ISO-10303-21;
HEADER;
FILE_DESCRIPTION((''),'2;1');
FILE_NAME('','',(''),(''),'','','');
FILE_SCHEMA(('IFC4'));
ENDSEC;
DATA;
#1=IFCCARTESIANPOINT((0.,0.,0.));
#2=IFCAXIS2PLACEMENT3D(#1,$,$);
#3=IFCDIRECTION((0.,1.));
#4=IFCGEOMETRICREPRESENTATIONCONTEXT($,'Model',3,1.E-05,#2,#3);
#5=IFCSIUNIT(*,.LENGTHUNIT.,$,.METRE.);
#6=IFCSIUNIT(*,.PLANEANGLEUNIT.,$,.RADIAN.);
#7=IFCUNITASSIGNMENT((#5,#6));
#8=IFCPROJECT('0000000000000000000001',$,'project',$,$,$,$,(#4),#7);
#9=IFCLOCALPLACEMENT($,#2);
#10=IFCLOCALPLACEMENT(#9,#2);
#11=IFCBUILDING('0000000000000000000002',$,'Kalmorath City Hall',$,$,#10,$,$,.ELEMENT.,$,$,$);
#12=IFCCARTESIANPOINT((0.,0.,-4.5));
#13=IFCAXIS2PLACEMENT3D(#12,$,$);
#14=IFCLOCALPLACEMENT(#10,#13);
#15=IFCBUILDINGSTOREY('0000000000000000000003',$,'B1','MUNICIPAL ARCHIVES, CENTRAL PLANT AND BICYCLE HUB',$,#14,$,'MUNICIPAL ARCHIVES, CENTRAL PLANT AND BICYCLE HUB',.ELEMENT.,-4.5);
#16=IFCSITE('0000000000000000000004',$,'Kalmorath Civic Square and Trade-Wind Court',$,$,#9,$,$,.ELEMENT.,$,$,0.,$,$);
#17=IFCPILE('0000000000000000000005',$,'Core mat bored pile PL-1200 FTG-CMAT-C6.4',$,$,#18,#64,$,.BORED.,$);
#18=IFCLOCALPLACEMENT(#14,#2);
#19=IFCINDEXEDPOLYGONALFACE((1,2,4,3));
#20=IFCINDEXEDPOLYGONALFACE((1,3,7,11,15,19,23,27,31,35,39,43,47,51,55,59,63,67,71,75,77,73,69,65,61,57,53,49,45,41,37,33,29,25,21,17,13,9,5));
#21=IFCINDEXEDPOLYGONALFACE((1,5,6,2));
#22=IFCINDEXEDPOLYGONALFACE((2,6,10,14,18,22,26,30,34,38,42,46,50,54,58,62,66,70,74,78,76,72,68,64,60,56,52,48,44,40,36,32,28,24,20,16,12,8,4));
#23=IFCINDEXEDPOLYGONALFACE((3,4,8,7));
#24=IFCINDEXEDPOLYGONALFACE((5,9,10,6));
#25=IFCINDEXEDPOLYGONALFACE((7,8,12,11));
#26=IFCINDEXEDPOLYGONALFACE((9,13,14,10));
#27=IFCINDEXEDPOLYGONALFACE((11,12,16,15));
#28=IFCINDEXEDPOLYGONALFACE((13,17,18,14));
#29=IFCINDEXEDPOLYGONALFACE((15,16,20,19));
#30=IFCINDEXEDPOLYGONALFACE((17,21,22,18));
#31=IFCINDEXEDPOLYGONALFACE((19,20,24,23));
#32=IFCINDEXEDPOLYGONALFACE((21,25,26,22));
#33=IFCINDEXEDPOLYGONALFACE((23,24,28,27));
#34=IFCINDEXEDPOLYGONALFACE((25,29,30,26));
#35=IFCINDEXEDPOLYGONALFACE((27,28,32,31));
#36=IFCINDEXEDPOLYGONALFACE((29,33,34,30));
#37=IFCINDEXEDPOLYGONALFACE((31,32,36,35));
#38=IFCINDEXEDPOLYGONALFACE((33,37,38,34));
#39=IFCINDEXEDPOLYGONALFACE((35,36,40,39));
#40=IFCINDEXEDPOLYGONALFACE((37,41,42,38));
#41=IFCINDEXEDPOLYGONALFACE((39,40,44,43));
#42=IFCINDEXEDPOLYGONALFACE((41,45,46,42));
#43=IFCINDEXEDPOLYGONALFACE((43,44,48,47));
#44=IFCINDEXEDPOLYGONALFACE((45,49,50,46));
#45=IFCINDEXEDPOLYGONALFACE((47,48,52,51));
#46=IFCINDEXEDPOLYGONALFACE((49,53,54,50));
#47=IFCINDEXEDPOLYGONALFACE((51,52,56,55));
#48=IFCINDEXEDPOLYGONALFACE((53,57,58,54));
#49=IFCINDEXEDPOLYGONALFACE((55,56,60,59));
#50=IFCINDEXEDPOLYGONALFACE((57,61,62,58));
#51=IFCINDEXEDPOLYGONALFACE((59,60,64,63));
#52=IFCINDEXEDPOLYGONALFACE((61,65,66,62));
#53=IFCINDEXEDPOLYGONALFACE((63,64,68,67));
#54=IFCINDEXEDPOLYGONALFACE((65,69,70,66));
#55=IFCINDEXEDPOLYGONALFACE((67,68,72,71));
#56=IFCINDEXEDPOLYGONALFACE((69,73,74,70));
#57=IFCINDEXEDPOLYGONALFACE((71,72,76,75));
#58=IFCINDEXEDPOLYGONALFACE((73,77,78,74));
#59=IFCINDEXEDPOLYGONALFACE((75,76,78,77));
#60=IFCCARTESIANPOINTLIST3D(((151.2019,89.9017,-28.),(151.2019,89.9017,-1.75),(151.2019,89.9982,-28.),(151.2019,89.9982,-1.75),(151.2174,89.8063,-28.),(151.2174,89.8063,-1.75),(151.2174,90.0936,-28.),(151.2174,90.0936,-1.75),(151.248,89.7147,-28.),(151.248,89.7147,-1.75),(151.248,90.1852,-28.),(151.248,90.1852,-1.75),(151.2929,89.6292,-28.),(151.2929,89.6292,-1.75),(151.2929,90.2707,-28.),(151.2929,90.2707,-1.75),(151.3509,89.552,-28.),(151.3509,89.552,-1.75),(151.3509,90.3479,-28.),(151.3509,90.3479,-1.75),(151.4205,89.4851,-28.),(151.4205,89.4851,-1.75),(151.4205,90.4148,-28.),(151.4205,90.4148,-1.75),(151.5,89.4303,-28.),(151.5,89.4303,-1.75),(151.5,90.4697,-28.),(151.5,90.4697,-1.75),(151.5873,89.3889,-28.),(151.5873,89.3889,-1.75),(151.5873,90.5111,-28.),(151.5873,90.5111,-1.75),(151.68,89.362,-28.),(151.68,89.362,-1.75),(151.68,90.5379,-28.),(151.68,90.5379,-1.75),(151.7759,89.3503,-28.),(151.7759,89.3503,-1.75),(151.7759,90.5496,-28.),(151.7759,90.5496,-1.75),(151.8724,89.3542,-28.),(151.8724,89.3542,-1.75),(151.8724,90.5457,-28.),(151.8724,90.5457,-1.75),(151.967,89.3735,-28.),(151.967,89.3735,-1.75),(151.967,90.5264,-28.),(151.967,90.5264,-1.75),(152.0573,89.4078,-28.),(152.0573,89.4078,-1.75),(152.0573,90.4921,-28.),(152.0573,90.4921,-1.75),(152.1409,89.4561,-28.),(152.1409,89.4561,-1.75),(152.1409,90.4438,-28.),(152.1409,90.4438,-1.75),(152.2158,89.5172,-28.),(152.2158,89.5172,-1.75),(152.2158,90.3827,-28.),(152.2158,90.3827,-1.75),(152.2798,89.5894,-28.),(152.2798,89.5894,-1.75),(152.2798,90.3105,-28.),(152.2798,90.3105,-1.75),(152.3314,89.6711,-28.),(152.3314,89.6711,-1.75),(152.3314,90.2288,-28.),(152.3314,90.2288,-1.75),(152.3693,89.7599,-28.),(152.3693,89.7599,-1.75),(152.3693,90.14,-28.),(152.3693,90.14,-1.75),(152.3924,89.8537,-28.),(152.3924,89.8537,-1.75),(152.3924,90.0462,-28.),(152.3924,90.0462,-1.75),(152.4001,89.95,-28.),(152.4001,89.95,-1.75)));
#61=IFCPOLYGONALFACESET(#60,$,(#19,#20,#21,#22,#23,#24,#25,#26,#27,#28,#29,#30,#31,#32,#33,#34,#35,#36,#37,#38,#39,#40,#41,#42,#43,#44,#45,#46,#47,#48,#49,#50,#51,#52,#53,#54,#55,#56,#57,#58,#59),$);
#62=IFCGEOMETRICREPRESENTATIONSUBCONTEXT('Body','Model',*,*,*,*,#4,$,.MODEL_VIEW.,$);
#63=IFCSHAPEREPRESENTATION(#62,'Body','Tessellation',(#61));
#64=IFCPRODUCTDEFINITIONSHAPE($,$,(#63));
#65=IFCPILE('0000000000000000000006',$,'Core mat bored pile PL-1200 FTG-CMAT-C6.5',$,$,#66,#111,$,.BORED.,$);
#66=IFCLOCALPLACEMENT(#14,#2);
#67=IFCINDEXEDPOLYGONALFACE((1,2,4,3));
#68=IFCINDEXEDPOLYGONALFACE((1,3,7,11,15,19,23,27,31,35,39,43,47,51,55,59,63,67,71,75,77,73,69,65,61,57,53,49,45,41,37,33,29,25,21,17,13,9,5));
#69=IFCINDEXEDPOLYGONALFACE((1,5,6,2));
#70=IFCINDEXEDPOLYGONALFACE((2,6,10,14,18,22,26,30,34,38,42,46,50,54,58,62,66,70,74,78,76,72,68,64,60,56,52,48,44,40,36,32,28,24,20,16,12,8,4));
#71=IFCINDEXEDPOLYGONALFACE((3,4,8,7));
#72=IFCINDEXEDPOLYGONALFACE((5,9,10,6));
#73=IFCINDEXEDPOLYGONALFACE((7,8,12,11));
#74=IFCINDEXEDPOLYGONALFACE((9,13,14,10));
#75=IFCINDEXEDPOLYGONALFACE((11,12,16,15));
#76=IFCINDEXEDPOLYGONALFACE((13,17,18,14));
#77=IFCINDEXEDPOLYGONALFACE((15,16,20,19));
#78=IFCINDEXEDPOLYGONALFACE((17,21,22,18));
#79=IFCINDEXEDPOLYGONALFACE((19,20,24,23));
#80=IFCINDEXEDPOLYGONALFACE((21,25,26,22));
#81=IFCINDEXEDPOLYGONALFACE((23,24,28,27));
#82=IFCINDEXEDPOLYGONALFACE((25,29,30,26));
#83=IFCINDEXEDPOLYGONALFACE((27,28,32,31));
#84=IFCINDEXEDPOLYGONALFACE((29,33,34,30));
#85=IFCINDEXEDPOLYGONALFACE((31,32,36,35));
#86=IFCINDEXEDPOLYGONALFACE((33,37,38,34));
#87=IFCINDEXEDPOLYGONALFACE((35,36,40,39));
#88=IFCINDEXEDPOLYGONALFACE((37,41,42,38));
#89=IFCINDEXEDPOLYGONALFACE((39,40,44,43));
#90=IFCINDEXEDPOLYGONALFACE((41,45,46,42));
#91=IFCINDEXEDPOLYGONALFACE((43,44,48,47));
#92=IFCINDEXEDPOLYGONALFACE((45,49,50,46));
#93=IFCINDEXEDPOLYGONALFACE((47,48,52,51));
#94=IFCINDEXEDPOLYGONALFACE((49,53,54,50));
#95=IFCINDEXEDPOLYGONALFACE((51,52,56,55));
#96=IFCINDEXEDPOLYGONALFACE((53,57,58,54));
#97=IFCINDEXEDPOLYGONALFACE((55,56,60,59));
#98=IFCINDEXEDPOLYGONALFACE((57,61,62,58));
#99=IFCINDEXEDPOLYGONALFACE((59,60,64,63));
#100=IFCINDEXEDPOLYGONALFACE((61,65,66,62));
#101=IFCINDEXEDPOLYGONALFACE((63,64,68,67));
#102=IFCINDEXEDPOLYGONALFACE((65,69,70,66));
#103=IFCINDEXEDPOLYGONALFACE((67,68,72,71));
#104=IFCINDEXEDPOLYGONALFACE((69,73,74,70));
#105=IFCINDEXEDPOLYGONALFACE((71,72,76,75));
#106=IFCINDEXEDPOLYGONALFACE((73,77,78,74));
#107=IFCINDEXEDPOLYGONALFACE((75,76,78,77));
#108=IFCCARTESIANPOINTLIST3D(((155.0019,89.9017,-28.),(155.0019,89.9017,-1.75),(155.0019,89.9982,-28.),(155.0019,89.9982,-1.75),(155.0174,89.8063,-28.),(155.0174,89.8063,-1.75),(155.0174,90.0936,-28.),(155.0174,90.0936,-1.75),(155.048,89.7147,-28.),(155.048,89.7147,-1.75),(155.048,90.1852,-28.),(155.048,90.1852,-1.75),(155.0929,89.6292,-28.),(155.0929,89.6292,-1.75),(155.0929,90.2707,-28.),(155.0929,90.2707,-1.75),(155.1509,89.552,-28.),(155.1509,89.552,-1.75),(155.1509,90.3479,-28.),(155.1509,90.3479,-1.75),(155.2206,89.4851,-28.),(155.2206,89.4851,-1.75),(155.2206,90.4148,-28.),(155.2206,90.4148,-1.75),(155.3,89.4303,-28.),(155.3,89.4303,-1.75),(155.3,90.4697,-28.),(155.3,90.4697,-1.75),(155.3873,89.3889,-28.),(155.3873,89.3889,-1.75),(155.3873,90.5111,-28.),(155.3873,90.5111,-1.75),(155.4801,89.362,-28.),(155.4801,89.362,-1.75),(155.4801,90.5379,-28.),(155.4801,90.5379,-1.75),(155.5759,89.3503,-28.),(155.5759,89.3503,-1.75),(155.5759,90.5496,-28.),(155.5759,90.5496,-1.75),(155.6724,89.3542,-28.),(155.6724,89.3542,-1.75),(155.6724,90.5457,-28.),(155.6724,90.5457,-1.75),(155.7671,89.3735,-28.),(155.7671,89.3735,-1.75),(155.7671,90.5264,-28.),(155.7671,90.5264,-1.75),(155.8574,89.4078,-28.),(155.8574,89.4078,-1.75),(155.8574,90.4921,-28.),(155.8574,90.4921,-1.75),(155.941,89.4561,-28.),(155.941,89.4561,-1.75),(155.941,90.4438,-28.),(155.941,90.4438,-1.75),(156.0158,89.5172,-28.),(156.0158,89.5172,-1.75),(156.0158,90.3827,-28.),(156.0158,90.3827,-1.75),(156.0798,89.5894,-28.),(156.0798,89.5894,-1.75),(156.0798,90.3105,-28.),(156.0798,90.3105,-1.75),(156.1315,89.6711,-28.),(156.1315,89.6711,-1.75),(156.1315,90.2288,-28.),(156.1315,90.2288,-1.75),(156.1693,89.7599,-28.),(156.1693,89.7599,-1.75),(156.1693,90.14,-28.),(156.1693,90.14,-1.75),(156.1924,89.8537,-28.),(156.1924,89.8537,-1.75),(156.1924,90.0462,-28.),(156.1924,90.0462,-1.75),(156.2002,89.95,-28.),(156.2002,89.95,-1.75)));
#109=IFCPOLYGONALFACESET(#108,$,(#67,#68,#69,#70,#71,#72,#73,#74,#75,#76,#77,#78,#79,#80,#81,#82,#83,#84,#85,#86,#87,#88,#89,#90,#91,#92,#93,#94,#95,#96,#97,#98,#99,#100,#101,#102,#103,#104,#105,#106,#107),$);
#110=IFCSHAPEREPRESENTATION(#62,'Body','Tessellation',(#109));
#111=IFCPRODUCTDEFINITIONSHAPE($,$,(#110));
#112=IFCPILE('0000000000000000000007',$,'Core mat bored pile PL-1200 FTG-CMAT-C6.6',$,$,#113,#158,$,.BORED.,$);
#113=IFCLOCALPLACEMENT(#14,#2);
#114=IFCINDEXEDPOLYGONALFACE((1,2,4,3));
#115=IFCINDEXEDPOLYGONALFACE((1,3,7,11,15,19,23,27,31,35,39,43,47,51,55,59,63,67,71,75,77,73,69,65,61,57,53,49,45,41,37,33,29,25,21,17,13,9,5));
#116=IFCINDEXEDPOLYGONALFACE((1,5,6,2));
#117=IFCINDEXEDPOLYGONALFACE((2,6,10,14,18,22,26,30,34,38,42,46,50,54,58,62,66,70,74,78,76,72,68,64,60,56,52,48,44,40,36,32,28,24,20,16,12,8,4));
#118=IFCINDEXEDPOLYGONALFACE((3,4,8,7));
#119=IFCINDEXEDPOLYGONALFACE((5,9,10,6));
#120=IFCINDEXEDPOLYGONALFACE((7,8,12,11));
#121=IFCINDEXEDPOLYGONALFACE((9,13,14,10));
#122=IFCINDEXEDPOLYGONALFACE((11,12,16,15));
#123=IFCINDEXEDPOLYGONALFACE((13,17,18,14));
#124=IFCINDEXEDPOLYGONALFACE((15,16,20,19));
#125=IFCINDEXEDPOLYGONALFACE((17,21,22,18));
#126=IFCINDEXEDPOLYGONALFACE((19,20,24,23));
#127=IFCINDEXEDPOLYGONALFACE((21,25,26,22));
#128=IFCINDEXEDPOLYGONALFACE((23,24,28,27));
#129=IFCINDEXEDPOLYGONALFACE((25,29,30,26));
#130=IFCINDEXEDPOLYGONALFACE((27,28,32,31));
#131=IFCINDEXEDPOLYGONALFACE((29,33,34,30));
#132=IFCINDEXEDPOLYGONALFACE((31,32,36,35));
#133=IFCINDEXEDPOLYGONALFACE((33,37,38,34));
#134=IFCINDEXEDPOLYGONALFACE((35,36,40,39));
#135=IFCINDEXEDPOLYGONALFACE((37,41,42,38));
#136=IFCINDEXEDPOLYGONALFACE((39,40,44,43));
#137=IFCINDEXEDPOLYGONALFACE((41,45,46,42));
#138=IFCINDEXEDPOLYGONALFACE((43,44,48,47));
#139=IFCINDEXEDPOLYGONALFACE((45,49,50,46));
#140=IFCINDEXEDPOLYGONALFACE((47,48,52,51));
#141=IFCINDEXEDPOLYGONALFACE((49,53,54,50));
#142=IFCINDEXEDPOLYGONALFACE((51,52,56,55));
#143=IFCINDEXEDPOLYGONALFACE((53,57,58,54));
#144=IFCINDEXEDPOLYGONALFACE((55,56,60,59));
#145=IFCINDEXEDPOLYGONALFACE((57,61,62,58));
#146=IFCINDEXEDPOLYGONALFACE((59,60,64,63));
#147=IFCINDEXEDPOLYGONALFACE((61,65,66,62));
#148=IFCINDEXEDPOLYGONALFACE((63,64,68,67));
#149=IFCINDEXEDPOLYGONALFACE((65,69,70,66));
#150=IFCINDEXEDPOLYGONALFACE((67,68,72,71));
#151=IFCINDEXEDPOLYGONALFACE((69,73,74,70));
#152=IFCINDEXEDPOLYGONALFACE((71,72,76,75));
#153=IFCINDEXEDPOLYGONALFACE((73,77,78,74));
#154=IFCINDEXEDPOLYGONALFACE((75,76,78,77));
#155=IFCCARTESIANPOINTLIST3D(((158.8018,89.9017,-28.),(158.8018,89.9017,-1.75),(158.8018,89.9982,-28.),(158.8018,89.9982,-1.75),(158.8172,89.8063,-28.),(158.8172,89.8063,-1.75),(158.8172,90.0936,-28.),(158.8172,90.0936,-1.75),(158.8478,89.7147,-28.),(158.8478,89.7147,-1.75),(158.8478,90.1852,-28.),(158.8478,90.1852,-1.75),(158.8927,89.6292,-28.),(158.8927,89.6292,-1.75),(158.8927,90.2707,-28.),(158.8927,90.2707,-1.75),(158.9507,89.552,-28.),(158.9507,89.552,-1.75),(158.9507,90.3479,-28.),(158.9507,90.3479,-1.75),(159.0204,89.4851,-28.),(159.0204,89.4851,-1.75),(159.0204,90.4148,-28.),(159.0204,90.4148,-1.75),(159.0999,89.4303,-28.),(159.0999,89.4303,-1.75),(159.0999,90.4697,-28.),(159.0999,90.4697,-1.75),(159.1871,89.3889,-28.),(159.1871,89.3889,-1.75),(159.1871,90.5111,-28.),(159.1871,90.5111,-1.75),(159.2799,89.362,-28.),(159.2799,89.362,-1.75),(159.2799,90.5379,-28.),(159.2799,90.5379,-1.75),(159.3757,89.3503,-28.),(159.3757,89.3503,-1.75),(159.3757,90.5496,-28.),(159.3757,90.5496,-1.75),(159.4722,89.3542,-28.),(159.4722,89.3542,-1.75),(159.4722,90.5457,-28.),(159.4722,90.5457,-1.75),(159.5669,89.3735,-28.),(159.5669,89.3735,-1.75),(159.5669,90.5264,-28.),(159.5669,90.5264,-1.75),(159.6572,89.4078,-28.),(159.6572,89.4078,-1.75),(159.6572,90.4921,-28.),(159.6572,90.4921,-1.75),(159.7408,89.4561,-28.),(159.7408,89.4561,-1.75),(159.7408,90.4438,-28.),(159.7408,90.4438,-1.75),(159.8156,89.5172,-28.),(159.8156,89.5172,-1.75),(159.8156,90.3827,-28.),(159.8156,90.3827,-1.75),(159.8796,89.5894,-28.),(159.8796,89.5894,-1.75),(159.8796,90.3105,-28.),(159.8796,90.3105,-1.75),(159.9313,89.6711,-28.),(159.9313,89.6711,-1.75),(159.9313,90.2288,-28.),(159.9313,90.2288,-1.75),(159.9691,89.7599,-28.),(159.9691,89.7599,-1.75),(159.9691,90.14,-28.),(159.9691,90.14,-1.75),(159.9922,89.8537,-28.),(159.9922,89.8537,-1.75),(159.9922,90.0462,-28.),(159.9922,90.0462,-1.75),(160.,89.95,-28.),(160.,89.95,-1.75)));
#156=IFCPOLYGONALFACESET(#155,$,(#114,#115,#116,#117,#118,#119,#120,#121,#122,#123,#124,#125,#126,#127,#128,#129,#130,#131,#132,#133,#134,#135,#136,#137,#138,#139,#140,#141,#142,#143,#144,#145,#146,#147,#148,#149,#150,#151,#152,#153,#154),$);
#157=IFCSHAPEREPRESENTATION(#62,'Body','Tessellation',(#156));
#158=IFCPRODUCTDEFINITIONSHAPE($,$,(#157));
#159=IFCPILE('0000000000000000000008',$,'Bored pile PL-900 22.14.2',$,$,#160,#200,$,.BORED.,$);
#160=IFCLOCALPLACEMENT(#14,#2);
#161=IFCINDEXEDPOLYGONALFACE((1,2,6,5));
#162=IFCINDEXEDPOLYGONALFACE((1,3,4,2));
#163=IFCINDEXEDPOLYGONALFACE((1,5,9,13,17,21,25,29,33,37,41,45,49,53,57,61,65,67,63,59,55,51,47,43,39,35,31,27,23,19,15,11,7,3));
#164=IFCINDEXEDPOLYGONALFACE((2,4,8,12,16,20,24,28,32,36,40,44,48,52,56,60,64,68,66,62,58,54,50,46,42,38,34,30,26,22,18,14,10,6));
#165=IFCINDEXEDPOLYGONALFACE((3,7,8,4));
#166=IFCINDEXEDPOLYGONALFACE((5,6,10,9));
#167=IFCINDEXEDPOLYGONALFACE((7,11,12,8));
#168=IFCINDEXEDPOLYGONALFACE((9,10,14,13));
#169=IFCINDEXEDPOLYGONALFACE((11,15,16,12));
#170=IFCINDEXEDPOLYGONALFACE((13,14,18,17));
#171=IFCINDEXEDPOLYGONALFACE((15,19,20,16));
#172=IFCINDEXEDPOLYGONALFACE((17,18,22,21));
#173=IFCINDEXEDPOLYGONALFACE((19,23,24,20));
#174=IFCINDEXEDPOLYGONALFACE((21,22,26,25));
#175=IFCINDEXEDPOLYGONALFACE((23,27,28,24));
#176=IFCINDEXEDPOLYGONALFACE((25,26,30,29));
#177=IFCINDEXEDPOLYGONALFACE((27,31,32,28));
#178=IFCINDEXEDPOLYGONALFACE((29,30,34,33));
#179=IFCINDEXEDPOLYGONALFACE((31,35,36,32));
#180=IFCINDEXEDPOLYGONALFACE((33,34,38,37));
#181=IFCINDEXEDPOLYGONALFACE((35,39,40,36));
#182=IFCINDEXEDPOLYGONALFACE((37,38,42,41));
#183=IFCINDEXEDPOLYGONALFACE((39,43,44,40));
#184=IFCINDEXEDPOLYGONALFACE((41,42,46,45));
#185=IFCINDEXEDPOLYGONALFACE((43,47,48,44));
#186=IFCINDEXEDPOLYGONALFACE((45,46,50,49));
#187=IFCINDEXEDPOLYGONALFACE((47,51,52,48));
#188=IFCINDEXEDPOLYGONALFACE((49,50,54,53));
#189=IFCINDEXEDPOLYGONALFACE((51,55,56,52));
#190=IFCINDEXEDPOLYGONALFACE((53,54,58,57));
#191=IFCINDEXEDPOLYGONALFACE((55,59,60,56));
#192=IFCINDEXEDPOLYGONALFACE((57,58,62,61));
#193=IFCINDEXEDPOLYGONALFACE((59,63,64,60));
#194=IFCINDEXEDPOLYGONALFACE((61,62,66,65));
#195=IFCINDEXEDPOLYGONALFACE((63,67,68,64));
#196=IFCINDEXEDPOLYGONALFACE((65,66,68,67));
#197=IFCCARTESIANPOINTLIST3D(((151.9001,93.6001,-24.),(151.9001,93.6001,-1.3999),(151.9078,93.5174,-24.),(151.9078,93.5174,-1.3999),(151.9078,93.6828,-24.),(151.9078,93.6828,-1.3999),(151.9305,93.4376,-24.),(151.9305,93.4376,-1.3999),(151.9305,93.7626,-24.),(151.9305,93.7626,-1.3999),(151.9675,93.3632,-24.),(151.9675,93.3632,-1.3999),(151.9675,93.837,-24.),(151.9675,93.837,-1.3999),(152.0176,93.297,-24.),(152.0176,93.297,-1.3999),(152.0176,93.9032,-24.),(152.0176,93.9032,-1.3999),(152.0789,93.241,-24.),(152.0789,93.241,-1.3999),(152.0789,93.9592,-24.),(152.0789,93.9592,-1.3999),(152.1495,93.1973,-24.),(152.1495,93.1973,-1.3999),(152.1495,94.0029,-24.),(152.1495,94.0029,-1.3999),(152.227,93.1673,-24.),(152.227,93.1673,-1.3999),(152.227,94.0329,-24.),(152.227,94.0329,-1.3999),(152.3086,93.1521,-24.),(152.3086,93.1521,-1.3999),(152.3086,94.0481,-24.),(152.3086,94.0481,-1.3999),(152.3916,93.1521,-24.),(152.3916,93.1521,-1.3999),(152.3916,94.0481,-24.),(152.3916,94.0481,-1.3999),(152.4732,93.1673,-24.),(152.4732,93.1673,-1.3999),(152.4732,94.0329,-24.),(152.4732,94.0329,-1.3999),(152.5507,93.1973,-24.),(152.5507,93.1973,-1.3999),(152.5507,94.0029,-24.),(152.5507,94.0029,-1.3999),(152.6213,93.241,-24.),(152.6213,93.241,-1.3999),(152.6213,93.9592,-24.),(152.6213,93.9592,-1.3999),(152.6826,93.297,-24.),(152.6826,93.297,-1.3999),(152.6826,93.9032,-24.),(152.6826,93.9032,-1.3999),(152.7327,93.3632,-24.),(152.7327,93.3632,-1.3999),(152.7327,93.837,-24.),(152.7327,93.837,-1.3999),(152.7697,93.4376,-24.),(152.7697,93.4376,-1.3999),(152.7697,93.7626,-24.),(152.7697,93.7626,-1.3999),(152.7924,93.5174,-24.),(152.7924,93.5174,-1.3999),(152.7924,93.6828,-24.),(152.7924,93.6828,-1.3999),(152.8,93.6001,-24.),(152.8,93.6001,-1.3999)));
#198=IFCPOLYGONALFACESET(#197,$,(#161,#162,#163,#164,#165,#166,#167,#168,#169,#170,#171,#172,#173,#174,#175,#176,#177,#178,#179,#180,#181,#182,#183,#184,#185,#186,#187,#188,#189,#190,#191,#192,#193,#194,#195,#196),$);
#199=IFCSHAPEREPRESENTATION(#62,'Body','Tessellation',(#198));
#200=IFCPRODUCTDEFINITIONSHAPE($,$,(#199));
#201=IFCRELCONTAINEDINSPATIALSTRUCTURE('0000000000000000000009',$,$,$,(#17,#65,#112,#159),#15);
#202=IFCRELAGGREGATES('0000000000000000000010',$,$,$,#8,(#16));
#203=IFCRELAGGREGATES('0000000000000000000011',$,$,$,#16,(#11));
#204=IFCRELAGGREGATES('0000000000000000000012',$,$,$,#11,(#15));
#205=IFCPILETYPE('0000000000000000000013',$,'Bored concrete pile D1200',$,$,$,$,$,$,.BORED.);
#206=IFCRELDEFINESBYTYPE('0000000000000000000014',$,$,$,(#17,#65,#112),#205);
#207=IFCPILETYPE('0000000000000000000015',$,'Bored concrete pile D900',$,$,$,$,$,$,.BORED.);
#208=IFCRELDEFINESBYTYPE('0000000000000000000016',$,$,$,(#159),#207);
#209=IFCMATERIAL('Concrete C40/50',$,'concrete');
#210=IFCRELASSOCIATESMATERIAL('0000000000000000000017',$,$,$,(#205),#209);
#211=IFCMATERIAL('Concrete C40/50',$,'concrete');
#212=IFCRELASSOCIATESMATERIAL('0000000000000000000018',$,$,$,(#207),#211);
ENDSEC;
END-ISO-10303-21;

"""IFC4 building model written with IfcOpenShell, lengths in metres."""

from ifc_helpers import new_model, si_unit, direction, frame, origin, origin_2d, place, context, subcontext, project, spatial, circle, extrude, material, material_profile, profile_set, type_object, element, save


model = new_model("IFC4")

# Units and contexts
model_context = context("Model", 3, precision=1e-05, world=origin(), true_north=direction((0.0, 1.0)))
body_context = subcontext(model_context, "Body", "Model", "MODEL_VIEW")
ifc_project = project(units=[si_unit("LENGTHUNIT", "METRE"), si_unit("PLANEANGLEUNIT", "RADIAN")], contexts=[model_context])

# Site, building, storey
site_placement = place(None, origin())
site = spatial("IfcSite", under=ifc_project, at=site_placement, Name="Kalmorath Civic Square and Trade-Wind Court", CompositionType="ELEMENT", RefElevation=0.0)
building_placement = place(site_placement, origin())
building = spatial("IfcBuilding", under=site, at=building_placement, Name="Kalmorath City Hall", CompositionType="ELEMENT")
storey_placement = place(building_placement, frame((0.0, 0.0, -4.5)))
storey = spatial("IfcBuildingStorey", under=building, at=storey_placement, Name="B1", Description="MUNICIPAL ARCHIVES, CENTRAL PLANT AND BICYCLE HUB", LongName="MUNICIPAL ARCHIVES, CENTRAL PLANT AND BICYCLE HUB", CompositionType="ELEMENT", Elevation=-4.5)

# Piles
ifc_material_1 = material(Name="Concrete C40/50", Category="concrete")
ifc_material_profile_1 = material_profile(ifc_material_1, circle(Radius=0.6001, at=origin_2d()), Name="PILE-D1200")
ifc_profile_set_1 = profile_set([ifc_material_profile_1], Name="Concrete C40/50")
pile_type_1 = type_object("IfcPileType", Name="Bored concrete pile D1200", PredefinedType="BORED", material=ifc_profile_set_1)
for number, where, z_axis, x_axis, name in (
    (1, (151.8, 89.95, -1.75), (0.0, 0.0, -1.0), (1.0, 0.0, 0.0), "Core mat bored pile PL-1200 FTG-CMAT-C6.4"),
    (2, (155.6001, 89.95, -1.75), (0.0, 0.0, -1.0), (1.0, 0.0, 0.0), "Core mat bored pile PL-1200 FTG-CMAT-C6.5"),
    (3, (159.3999, 89.95, -1.75), (0.0, 0.0, -1.0), (1.0, 0.0, 0.0), "Core mat bored pile PL-1200 FTG-CMAT-C6.6"),
):
    element("IfcPile", number, at=place(storey_placement, frame(where, z_axis=z_axis, x_axis=x_axis)), inside=storey, type_object=pile_type_1, Name=name, PredefinedType="BORED", context=body_context, shape_type="SweptSolid", body=[
        extrude(circle(Radius=0.6001, at=origin_2d()), origin(), (0.0, 0.0, 1.0), 26.25),
    ])
ifc_material_2 = material(Name="Concrete C40/50", Category="concrete")
ifc_material_profile_2 = material_profile(ifc_material_2, circle(Radius=0.45, at=origin_2d()), Name="PILE-D900")
ifc_profile_set_2 = profile_set([ifc_material_profile_2], Name="Concrete C40/50")
pile_type_2 = type_object("IfcPileType", Name="Bored concrete pile D900", PredefinedType="BORED", material=ifc_profile_set_2)
for number, where, z_axis, x_axis, name in (
    (4, (152.3501, 93.6001, -1.3999), (0.0, 0.0, -1.0), (1.0, 0.0, 0.0), "Bored pile PL-900 22.14.2"),
):
    element("IfcPile", number, at=place(storey_placement, frame(where, z_axis=z_axis, x_axis=x_axis)), inside=storey, type_object=pile_type_2, Name=name, PredefinedType="BORED", context=body_context, shape_type="SweptSolid", body=[
        extrude(circle(Radius=0.45, at=origin_2d()), origin(), (0.0, 0.0, 1.0), 22.6001),
    ])

save(model, "model.ifc")
